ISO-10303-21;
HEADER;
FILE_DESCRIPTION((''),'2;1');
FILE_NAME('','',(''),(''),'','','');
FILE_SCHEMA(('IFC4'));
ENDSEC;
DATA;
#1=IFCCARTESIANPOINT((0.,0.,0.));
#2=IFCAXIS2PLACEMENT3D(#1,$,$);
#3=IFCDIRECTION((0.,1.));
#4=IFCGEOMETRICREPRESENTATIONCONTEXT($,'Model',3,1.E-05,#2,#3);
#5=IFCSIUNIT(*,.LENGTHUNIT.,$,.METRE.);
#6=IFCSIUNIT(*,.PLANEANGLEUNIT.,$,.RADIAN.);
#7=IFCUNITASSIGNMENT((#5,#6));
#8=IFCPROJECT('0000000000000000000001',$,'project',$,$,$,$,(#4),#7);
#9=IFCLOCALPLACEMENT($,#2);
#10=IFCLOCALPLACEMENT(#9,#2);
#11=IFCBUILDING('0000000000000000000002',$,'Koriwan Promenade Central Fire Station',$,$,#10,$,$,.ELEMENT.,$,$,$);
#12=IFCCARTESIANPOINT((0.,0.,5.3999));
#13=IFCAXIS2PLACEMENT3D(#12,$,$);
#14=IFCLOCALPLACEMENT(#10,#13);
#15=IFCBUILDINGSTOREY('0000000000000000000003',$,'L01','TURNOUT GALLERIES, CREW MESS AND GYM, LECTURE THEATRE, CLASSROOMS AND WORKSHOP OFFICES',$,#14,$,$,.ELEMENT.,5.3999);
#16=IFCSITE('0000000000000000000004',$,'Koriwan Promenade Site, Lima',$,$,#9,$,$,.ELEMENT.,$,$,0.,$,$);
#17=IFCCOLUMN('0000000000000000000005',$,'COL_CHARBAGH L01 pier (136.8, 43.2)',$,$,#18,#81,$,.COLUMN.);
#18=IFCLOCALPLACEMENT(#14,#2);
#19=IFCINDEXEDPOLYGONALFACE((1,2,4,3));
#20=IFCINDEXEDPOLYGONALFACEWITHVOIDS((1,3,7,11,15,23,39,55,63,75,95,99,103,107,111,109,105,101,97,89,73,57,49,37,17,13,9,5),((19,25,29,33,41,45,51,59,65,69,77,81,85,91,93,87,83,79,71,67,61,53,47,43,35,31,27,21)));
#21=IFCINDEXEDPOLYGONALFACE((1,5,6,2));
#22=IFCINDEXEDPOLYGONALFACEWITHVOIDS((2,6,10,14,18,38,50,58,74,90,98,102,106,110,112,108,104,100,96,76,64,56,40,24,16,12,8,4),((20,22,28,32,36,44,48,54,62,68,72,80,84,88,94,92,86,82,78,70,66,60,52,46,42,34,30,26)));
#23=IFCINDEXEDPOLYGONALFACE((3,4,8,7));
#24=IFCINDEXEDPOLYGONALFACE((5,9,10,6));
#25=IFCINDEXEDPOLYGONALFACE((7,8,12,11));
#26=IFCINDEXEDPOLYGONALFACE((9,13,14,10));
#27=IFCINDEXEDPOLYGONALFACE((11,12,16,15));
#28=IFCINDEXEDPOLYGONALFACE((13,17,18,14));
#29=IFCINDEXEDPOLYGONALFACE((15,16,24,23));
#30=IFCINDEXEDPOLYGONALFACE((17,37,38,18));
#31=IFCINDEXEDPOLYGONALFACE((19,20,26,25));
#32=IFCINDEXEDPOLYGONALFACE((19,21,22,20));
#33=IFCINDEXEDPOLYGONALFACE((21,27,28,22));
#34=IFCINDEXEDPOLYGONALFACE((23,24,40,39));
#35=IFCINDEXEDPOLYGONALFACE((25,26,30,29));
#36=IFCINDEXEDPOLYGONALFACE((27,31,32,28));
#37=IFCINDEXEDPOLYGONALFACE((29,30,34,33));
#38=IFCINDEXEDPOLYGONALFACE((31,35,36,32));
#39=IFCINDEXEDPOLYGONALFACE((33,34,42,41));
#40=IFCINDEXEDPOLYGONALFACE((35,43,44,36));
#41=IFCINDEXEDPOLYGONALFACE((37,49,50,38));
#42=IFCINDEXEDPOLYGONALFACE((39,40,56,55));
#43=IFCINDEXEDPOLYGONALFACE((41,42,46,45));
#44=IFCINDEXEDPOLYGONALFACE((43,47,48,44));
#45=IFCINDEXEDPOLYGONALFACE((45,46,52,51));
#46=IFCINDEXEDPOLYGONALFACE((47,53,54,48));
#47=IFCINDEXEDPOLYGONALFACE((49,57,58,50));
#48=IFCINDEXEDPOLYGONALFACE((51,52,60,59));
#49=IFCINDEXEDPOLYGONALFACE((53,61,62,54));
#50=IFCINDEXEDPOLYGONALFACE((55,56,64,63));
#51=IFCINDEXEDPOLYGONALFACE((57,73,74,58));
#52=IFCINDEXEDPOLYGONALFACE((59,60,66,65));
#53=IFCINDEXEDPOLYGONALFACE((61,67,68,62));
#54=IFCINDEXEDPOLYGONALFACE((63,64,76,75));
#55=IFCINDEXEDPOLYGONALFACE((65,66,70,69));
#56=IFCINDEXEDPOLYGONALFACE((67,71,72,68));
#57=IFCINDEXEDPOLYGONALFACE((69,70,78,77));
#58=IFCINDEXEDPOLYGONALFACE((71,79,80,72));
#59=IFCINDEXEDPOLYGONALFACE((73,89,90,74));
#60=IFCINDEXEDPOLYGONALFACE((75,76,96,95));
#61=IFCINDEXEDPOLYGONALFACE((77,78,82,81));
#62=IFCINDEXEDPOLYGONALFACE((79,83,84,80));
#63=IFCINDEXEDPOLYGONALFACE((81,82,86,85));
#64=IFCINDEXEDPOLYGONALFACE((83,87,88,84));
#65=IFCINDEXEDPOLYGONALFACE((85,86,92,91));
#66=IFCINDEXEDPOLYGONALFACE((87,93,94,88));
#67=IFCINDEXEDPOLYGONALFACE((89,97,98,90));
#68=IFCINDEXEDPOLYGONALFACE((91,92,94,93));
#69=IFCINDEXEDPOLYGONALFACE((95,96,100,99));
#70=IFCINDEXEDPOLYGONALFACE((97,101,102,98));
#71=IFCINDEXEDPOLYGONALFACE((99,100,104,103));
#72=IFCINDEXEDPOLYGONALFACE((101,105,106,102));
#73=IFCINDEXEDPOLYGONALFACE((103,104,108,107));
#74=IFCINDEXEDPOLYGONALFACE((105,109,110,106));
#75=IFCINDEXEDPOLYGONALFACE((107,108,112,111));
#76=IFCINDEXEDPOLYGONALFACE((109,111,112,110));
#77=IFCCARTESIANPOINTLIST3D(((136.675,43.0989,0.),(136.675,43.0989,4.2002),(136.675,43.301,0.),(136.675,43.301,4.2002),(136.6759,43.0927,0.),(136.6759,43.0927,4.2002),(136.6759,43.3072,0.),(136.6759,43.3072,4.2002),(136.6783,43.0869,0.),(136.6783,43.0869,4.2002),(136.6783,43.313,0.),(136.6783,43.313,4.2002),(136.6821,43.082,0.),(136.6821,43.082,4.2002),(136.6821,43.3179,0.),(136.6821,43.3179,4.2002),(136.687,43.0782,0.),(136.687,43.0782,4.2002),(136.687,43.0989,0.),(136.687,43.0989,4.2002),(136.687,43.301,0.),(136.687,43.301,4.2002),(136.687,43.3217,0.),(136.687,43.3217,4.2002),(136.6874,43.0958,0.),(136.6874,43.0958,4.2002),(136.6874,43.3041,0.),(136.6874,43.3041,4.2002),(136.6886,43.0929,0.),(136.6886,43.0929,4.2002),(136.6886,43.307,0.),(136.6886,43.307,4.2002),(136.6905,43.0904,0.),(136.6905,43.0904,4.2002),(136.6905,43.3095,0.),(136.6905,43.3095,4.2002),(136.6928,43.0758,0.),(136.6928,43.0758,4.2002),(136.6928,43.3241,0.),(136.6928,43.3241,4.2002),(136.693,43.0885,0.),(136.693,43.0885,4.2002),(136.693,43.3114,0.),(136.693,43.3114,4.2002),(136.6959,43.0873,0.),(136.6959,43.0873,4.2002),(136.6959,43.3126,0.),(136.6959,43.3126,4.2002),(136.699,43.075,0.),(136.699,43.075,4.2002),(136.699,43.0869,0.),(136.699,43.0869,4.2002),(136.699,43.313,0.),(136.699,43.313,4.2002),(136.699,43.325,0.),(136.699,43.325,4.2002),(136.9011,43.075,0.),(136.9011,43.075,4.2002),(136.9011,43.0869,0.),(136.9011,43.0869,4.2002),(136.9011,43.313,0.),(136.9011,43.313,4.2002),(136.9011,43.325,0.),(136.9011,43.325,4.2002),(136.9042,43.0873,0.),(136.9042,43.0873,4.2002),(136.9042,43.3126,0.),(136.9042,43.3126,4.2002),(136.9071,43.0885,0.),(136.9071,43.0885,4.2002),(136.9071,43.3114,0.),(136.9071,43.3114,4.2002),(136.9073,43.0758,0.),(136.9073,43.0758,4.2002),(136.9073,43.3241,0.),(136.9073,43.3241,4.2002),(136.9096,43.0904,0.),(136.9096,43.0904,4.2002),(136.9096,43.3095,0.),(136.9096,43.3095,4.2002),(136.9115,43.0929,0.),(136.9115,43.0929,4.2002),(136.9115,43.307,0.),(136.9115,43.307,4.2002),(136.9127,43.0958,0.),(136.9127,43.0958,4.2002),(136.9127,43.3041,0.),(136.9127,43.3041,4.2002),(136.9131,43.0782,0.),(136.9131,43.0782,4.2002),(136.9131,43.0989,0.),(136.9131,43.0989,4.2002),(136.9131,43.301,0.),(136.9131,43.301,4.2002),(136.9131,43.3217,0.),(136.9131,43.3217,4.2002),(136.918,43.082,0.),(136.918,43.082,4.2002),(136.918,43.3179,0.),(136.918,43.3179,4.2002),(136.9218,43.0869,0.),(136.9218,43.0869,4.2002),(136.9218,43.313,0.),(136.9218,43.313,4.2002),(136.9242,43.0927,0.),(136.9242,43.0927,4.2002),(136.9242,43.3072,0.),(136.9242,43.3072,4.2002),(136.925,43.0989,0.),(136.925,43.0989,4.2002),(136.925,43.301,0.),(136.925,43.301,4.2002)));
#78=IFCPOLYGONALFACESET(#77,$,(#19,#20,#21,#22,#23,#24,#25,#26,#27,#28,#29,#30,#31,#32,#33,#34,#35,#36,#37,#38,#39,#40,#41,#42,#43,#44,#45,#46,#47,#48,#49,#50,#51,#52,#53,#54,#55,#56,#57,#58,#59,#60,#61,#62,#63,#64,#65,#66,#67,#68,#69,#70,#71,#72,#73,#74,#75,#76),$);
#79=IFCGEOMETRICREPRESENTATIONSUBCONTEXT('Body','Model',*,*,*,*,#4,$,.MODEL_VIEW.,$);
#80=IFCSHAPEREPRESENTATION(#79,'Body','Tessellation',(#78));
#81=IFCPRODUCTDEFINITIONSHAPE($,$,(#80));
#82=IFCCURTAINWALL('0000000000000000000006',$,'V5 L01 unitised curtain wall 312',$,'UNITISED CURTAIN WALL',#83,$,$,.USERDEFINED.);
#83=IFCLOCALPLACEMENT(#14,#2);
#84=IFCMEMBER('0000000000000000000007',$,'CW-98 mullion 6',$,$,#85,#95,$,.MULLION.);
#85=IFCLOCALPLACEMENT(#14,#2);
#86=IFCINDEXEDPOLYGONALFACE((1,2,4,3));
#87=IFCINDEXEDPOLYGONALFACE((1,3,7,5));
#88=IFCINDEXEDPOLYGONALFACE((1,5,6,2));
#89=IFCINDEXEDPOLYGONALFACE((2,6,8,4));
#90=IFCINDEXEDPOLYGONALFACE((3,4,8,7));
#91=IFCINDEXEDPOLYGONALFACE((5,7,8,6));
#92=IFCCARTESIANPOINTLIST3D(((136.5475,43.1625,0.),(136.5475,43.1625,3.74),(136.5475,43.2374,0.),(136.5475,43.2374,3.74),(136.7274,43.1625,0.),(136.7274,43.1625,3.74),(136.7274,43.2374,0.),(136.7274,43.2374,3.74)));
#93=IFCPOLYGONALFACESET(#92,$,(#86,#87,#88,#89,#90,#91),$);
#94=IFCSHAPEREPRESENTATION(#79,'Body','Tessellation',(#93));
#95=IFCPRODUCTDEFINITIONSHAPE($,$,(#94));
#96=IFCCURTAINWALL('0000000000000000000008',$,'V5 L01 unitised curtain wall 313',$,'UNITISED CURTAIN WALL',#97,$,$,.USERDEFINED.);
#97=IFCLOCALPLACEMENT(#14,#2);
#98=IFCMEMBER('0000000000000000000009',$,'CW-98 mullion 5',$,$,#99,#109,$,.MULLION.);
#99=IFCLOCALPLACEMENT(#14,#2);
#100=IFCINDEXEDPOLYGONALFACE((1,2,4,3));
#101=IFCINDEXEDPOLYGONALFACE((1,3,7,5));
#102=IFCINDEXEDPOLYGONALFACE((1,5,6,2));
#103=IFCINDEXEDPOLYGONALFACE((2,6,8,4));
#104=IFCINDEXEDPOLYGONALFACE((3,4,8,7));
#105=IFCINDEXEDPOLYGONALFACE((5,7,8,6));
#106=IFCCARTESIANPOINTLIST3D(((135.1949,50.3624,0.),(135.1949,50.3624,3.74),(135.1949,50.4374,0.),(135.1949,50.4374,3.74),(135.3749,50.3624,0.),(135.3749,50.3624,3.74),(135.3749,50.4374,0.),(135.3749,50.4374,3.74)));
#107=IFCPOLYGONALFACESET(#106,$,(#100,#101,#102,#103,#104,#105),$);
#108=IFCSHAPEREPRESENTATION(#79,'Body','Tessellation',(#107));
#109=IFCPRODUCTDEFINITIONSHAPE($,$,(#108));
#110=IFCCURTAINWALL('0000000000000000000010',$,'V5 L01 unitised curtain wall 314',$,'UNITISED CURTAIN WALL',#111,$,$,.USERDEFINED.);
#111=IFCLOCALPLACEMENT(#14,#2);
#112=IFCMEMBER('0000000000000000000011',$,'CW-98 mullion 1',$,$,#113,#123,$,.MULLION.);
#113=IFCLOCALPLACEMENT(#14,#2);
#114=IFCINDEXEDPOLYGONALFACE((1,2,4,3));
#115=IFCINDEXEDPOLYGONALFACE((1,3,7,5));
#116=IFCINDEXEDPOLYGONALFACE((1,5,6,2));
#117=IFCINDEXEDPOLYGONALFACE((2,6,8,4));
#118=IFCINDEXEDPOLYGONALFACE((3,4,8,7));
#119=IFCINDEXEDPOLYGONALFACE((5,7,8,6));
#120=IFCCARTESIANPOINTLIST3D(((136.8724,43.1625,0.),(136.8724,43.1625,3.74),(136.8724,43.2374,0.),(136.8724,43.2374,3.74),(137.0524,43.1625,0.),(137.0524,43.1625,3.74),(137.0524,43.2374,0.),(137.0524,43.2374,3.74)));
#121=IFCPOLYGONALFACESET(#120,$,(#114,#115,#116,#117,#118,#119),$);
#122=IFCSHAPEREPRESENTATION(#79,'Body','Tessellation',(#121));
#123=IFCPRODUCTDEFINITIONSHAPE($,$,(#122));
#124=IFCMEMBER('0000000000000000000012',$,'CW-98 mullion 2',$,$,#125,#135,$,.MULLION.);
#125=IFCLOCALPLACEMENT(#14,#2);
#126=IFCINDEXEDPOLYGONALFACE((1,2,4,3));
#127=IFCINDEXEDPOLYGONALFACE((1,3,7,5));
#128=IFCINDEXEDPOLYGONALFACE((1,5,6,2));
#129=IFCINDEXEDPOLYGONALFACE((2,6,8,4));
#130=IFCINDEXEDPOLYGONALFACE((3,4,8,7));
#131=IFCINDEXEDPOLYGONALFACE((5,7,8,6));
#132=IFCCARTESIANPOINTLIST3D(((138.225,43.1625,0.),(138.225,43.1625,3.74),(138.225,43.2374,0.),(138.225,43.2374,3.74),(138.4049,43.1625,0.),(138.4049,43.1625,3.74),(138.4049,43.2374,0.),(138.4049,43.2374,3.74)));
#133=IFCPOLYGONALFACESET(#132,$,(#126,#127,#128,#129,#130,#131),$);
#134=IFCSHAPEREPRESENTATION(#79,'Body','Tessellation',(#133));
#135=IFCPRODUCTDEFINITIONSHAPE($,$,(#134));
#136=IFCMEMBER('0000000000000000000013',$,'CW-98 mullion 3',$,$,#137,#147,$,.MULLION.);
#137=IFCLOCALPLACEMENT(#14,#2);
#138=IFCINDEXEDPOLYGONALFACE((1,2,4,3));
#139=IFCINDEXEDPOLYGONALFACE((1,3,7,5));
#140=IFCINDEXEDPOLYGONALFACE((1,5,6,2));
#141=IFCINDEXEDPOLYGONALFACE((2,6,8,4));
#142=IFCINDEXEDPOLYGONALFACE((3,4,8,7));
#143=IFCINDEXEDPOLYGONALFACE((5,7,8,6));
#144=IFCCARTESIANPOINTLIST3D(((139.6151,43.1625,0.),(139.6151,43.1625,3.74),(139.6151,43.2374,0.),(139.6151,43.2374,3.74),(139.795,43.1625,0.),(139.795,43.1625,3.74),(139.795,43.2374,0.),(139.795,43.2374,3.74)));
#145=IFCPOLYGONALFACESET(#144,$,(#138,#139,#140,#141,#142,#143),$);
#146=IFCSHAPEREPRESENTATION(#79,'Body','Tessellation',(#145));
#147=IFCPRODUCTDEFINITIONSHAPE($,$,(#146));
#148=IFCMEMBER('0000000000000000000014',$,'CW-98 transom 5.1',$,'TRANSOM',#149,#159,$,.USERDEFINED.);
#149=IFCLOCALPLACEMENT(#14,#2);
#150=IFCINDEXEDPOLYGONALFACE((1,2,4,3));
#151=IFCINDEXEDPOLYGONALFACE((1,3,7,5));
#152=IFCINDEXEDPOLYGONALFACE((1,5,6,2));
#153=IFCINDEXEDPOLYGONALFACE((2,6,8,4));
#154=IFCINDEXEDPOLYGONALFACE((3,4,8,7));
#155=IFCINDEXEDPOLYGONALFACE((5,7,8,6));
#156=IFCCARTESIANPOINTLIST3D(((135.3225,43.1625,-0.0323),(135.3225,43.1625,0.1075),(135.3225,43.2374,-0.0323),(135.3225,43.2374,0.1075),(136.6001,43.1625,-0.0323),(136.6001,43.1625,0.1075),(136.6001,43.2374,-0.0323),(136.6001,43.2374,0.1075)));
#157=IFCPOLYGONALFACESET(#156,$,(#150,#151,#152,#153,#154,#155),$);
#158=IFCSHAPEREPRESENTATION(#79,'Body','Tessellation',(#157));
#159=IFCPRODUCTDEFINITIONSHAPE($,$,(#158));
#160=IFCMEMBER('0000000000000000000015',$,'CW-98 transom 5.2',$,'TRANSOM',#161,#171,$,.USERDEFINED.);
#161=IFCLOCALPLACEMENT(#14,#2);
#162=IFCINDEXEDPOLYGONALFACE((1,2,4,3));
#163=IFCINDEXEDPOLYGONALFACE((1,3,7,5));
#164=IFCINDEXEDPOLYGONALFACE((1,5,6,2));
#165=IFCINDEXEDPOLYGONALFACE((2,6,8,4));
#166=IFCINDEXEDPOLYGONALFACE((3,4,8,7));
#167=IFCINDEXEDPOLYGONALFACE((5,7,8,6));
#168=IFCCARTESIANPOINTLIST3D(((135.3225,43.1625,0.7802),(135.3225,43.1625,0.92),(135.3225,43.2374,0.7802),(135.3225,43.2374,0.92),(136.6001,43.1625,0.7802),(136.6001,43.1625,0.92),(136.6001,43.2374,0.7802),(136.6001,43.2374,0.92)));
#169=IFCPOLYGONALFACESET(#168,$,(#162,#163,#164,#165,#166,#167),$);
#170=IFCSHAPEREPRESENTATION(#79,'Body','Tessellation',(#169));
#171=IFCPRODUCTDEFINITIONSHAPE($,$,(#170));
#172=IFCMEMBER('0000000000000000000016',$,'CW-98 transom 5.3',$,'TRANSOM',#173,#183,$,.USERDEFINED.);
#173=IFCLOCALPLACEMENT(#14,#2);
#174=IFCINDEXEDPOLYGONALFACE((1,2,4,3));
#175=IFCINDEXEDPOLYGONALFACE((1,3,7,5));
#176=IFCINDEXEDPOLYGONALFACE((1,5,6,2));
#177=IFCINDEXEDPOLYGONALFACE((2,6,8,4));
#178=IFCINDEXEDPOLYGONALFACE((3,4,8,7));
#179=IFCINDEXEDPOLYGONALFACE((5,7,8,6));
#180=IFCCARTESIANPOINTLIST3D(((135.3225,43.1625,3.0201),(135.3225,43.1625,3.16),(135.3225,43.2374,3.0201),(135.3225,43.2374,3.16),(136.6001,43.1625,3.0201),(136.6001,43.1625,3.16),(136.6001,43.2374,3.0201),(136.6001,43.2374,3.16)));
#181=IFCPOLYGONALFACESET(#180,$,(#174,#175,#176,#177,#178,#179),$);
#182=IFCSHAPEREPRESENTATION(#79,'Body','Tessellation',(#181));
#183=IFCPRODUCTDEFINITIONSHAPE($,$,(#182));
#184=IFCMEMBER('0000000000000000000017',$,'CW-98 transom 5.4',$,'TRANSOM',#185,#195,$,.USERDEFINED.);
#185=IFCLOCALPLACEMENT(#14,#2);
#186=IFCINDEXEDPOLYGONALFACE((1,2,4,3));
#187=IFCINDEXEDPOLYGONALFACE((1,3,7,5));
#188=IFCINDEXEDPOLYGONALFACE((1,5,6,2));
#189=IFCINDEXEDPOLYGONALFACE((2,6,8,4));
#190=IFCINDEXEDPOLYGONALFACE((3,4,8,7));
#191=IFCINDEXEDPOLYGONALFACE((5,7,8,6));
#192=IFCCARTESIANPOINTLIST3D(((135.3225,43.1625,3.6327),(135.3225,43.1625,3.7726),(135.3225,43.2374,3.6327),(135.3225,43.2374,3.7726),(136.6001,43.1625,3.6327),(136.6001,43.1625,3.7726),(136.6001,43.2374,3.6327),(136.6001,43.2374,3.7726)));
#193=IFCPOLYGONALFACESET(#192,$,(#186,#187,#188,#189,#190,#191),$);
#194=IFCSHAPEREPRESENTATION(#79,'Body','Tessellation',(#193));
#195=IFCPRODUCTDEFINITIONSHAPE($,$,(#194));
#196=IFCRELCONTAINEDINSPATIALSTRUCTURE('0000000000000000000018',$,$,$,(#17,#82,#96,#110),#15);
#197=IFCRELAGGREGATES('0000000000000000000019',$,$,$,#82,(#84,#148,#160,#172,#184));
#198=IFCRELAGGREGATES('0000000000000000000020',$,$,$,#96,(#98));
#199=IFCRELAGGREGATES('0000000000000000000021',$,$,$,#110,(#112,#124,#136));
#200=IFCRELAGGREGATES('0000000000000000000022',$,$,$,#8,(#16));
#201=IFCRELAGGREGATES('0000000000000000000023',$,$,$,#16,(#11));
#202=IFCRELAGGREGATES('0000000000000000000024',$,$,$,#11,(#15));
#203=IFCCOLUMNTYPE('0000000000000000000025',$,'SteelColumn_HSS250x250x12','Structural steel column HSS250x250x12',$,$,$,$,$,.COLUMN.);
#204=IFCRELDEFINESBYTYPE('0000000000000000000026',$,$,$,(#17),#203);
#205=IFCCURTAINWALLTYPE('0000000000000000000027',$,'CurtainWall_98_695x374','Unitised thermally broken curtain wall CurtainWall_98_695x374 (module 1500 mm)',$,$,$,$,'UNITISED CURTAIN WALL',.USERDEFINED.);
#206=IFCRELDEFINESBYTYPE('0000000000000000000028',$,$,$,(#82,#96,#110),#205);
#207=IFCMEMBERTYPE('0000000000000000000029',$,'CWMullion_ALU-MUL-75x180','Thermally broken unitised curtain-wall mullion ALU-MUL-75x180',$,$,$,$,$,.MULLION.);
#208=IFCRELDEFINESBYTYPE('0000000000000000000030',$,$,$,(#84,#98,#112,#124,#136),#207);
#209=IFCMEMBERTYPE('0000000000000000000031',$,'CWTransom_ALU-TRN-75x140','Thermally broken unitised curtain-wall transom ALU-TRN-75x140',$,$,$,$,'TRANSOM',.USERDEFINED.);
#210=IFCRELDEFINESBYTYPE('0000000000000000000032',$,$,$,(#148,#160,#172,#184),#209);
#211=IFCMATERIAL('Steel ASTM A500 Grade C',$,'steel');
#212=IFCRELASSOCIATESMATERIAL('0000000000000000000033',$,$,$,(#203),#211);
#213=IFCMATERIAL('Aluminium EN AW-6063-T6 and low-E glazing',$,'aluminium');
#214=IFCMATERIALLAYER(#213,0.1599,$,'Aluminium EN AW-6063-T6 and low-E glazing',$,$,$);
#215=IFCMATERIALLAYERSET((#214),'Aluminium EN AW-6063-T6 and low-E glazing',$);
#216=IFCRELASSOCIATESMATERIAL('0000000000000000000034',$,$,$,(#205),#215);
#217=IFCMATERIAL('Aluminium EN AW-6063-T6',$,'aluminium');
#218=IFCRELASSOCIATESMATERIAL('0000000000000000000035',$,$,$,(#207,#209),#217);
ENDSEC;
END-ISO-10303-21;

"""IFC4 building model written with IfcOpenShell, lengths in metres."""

from ifc_helpers import new_model, si_unit, direction, frame, origin, origin_2d, place, context, subcontext, project, spatial, rectangle, hollow_rectangle, extrude, material, layer, layer_set, material_profile, profile_set, type_object, element, aggregate, save


model = new_model("IFC4")

# Units and contexts
model_context = context("Model", 3, precision=1e-05, world=origin(), true_north=direction((0.0, 1.0)))
body_context = subcontext(model_context, "Body", "Model", "MODEL_VIEW")
ifc_project = project(units=[si_unit("LENGTHUNIT", "METRE"), si_unit("PLANEANGLEUNIT", "RADIAN")], contexts=[model_context])

# Site, building, storey
site_placement = place(None, origin())
site = spatial("IfcSite", under=ifc_project, at=site_placement, Name="Koriwan Promenade Site, Lima", CompositionType="ELEMENT", RefElevation=0.0)
building_placement = place(site_placement, origin())
building = spatial("IfcBuilding", under=site, at=building_placement, Name="Koriwan Promenade Central Fire Station", CompositionType="ELEMENT")
storey_placement = place(building_placement, frame((0.0, 0.0, 5.3999)))
storey = spatial("IfcBuildingStorey", under=building, at=storey_placement, Name="L01", Description="TURNOUT GALLERIES, CREW MESS AND GYM, LECTURE THEATRE, CLASSROOMS AND WORKSHOP OFFICES", CompositionType="ELEMENT", Elevation=5.3999)

# Column
ifc_material_1 = material(Name="Steel ASTM A500 Grade C", Category="steel")
ifc_material_profile_1 = material_profile(ifc_material_1, hollow_rectangle(XDim=0.25, YDim=0.25, WallThickness=0.012, InnerFilletRadius=0.012, OuterFilletRadius=0.0239, at=origin_2d()), Name="HSS250x250x12")
ifc_profile_set_1 = profile_set([ifc_material_profile_1], Name="Steel ASTM A500 Grade C")
column_type = type_object("IfcColumnType", Name="SteelColumn_HSS250x250x12", Description="Structural steel column HSS250x250x12", PredefinedType="COLUMN", material=ifc_profile_set_1)
column_placement = place(storey_placement, frame((136.8, 43.2, 0.0), z_axis=(0.0, 0.0, 1.0), x_axis=(1.0, 0.0, 0.0)))
element("IfcColumn", 1, at=column_placement, inside=storey, type_object=column_type, Name="COL_CHARBAGH L01 pier (136.8, 43.2)", PredefinedType="COLUMN", context=body_context, shape_type="SweptSolid", body=[
    extrude(hollow_rectangle(XDim=0.25, YDim=0.25, WallThickness=0.012, InnerFilletRadius=0.012, OuterFilletRadius=0.0239, at=origin_2d()), origin(), (0.0, 0.0, 1.0), 4.2002),
])

# Curtain walls, members
ifc_material_2 = material(Name="Aluminium EN AW-6063-T6 and low-E glazing", Category="aluminium")
ifc_layer_1 = layer(ifc_material_2, 0.1599, Name="Aluminium EN AW-6063-T6 and low-E glazing")
ifc_layer_set_1 = layer_set([ifc_layer_1], Name="Aluminium EN AW-6063-T6 and low-E glazing")
curtain_wall_type = type_object("IfcCurtainWallType", Name="CurtainWall_98_695x374", Description="Unitised thermally broken curtain wall CurtainWall_98_695x374 (module 1500 mm)", ElementType="UNITISED CURTAIN WALL", PredefinedType="USERDEFINED", material=ifc_layer_set_1)
curtain_wall_1_placement = place(storey_placement, origin())
curtain_wall_1 = element("IfcCurtainWall", 2, at=curtain_wall_1_placement, inside=storey, type_object=curtain_wall_type, Name="V5 L01 unitised curtain wall 312", ObjectType="UNITISED CURTAIN WALL", PredefinedType="USERDEFINED")
ifc_material_3 = material(Name="Aluminium EN AW-6063-T6", Category="aluminium")
ifc_material_profile_2 = material_profile(ifc_material_3, rectangle(XDim=0.075, YDim=0.1799, at=origin_2d()), Name="ALU-MUL-75x180")
ifc_profile_set_2 = profile_set([ifc_material_profile_2], Name="Aluminium EN AW-6063-T6")
member_type_1 = type_object("IfcMemberType", Name="CWMullion_ALU-MUL-75x180", Description="Thermally broken unitised curtain-wall mullion ALU-MUL-75x180", PredefinedType="MULLION", material=ifc_profile_set_2)
member_1_placement = place(storey_placement, frame((136.6375, 43.2, 0.0), z_axis=(0.0, 0.0, 1.0), x_axis=(0.0, 1.0, 0.0)))
member_1 = element("IfcMember", 3, at=member_1_placement, type_object=member_type_1, Name="CW-98 mullion 6", PredefinedType="MULLION", context=body_context, shape_type="SweptSolid", body=[
    extrude(rectangle(XDim=0.075, YDim=0.1799, at=origin_2d()), origin(), (0.0, 0.0, 1.0), 3.74),
])
curtain_wall_2_placement = place(storey_placement, origin())
curtain_wall_2 = element("IfcCurtainWall", 4, at=curtain_wall_2_placement, inside=storey, type_object=curtain_wall_type, Name="V5 L01 unitised curtain wall 313", ObjectType="UNITISED CURTAIN WALL", PredefinedType="USERDEFINED")
member_2_placement = place(storey_placement, frame((135.2849, 50.3999, 0.0), z_axis=(0.0, 0.0, 1.0), x_axis=(0.0, 1.0, 0.0)))
member_2 = element("IfcMember", 5, at=member_2_placement, type_object=member_type_1, Name="CW-98 mullion 5", PredefinedType="MULLION", context=body_context, shape_type="SweptSolid", body=[
    extrude(rectangle(XDim=0.075, YDim=0.1799, at=origin_2d()), origin(), (0.0, 0.0, 1.0), 3.74),
])

# Curtain wall, members
curtain_wall_3_placement = place(storey_placement, origin())
curtain_wall_3 = element("IfcCurtainWall", 6, at=curtain_wall_3_placement, inside=storey, type_object=curtain_wall_type, Name="V5 L01 unitised curtain wall 314", ObjectType="UNITISED CURTAIN WALL", PredefinedType="USERDEFINED")
member_3_placement = place(storey_placement, frame((136.9624, 43.2, 0.0), z_axis=(0.0, 0.0, 1.0), x_axis=(0.0, 1.0, 0.0)))
member_3 = element("IfcMember", 7, at=member_3_placement, type_object=member_type_1, Name="CW-98 mullion 1", PredefinedType="MULLION", context=body_context, shape_type="SweptSolid", body=[
    extrude(rectangle(XDim=0.075, YDim=0.1799, at=origin_2d()), origin(), (0.0, 0.0, 1.0), 3.74),
])
member_4_placement = place(storey_placement, frame((138.3149, 43.2, 0.0), z_axis=(0.0, 0.0, 1.0), x_axis=(0.0, 1.0, 0.0)))
member_4 = element("IfcMember", 8, at=member_4_placement, type_object=member_type_1, Name="CW-98 mullion 2", PredefinedType="MULLION", context=body_context, shape_type="SweptSolid", body=[
    extrude(rectangle(XDim=0.075, YDim=0.1799, at=origin_2d()), origin(), (0.0, 0.0, 1.0), 3.74),
])
member_5_placement = place(storey_placement, frame((139.7051, 43.2, 0.0), z_axis=(0.0, 0.0, 1.0), x_axis=(0.0, 1.0, 0.0)))
member_5 = element("IfcMember", 9, at=member_5_placement, type_object=member_type_1, Name="CW-98 mullion 3", PredefinedType="MULLION", context=body_context, shape_type="SweptSolid", body=[
    extrude(rectangle(XDim=0.075, YDim=0.1799, at=origin_2d()), origin(), (0.0, 0.0, 1.0), 3.74),
])

# Members
ifc_material_profile_3 = material_profile(ifc_material_3, rectangle(XDim=0.075, YDim=0.1399, at=origin_2d()), Name="ALU-TRN-75x140")
ifc_profile_set_3 = profile_set([ifc_material_profile_3], Name="Aluminium EN AW-6063-T6")
member_type_2 = type_object("IfcMemberType", Name="CWTransom_ALU-TRN-75x140", Description="Thermally broken unitised curtain-wall transom ALU-TRN-75x140", ElementType="TRANSOM", PredefinedType="USERDEFINED", material=ifc_profile_set_3)
member_6_placement = place(storey_placement, frame((135.3225, 43.2, 0.0376), z_axis=(1.0, 0.0, 0.0), x_axis=(0.0, 1.0, 0.0)))
member_6 = element("IfcMember", 10, at=member_6_placement, type_object=member_type_2, Name="CW-98 transom 5.1", ObjectType="TRANSOM", PredefinedType="USERDEFINED", context=body_context, shape_type="SweptSolid", body=[
    extrude(rectangle(XDim=0.075, YDim=0.1399, at=origin_2d()), origin(), (0.0, 0.0, 1.0), 1.2776),
])
member_7_placement = place(storey_placement, frame((135.3225, 43.2, 0.8501), z_axis=(1.0, 0.0, 0.0), x_axis=(0.0, 1.0, 0.0)))
member_7 = element("IfcMember", 11, at=member_7_placement, type_object=member_type_2, Name="CW-98 transom 5.2", ObjectType="TRANSOM", PredefinedType="USERDEFINED", context=body_context, shape_type="SweptSolid", body=[
    extrude(rectangle(XDim=0.075, YDim=0.1399, at=origin_2d()), origin(), (0.0, 0.0, 1.0), 1.2776),
])
member_8_placement = place(storey_placement, frame((135.3225, 43.2, 3.0901), z_axis=(1.0, 0.0, 0.0), x_axis=(0.0, 1.0, 0.0)))
member_8 = element("IfcMember", 12, at=member_8_placement, type_object=member_type_2, Name="CW-98 transom 5.3", ObjectType="TRANSOM", PredefinedType="USERDEFINED", context=body_context, shape_type="SweptSolid", body=[
    extrude(rectangle(XDim=0.075, YDim=0.1399, at=origin_2d()), origin(), (0.0, 0.0, 1.0), 1.2776),
])
member_9_placement = place(storey_placement, frame((135.3225, 43.2, 3.7026), z_axis=(1.0, 0.0, 0.0), x_axis=(0.0, 1.0, 0.0)))
member_9 = element("IfcMember", 13, at=member_9_placement, type_object=member_type_2, Name="CW-98 transom 5.4", ObjectType="TRANSOM", PredefinedType="USERDEFINED", context=body_context, shape_type="SweptSolid", body=[
    extrude(rectangle(XDim=0.075, YDim=0.1399, at=origin_2d()), origin(), (0.0, 0.0, 1.0), 1.2776),
])

aggregate(curtain_wall_1, [member_1, member_6, member_7, member_8, member_9])
aggregate(curtain_wall_2, [member_2])
aggregate(curtain_wall_3, [member_3, member_4, member_5])

save(model, "model.ifc")
